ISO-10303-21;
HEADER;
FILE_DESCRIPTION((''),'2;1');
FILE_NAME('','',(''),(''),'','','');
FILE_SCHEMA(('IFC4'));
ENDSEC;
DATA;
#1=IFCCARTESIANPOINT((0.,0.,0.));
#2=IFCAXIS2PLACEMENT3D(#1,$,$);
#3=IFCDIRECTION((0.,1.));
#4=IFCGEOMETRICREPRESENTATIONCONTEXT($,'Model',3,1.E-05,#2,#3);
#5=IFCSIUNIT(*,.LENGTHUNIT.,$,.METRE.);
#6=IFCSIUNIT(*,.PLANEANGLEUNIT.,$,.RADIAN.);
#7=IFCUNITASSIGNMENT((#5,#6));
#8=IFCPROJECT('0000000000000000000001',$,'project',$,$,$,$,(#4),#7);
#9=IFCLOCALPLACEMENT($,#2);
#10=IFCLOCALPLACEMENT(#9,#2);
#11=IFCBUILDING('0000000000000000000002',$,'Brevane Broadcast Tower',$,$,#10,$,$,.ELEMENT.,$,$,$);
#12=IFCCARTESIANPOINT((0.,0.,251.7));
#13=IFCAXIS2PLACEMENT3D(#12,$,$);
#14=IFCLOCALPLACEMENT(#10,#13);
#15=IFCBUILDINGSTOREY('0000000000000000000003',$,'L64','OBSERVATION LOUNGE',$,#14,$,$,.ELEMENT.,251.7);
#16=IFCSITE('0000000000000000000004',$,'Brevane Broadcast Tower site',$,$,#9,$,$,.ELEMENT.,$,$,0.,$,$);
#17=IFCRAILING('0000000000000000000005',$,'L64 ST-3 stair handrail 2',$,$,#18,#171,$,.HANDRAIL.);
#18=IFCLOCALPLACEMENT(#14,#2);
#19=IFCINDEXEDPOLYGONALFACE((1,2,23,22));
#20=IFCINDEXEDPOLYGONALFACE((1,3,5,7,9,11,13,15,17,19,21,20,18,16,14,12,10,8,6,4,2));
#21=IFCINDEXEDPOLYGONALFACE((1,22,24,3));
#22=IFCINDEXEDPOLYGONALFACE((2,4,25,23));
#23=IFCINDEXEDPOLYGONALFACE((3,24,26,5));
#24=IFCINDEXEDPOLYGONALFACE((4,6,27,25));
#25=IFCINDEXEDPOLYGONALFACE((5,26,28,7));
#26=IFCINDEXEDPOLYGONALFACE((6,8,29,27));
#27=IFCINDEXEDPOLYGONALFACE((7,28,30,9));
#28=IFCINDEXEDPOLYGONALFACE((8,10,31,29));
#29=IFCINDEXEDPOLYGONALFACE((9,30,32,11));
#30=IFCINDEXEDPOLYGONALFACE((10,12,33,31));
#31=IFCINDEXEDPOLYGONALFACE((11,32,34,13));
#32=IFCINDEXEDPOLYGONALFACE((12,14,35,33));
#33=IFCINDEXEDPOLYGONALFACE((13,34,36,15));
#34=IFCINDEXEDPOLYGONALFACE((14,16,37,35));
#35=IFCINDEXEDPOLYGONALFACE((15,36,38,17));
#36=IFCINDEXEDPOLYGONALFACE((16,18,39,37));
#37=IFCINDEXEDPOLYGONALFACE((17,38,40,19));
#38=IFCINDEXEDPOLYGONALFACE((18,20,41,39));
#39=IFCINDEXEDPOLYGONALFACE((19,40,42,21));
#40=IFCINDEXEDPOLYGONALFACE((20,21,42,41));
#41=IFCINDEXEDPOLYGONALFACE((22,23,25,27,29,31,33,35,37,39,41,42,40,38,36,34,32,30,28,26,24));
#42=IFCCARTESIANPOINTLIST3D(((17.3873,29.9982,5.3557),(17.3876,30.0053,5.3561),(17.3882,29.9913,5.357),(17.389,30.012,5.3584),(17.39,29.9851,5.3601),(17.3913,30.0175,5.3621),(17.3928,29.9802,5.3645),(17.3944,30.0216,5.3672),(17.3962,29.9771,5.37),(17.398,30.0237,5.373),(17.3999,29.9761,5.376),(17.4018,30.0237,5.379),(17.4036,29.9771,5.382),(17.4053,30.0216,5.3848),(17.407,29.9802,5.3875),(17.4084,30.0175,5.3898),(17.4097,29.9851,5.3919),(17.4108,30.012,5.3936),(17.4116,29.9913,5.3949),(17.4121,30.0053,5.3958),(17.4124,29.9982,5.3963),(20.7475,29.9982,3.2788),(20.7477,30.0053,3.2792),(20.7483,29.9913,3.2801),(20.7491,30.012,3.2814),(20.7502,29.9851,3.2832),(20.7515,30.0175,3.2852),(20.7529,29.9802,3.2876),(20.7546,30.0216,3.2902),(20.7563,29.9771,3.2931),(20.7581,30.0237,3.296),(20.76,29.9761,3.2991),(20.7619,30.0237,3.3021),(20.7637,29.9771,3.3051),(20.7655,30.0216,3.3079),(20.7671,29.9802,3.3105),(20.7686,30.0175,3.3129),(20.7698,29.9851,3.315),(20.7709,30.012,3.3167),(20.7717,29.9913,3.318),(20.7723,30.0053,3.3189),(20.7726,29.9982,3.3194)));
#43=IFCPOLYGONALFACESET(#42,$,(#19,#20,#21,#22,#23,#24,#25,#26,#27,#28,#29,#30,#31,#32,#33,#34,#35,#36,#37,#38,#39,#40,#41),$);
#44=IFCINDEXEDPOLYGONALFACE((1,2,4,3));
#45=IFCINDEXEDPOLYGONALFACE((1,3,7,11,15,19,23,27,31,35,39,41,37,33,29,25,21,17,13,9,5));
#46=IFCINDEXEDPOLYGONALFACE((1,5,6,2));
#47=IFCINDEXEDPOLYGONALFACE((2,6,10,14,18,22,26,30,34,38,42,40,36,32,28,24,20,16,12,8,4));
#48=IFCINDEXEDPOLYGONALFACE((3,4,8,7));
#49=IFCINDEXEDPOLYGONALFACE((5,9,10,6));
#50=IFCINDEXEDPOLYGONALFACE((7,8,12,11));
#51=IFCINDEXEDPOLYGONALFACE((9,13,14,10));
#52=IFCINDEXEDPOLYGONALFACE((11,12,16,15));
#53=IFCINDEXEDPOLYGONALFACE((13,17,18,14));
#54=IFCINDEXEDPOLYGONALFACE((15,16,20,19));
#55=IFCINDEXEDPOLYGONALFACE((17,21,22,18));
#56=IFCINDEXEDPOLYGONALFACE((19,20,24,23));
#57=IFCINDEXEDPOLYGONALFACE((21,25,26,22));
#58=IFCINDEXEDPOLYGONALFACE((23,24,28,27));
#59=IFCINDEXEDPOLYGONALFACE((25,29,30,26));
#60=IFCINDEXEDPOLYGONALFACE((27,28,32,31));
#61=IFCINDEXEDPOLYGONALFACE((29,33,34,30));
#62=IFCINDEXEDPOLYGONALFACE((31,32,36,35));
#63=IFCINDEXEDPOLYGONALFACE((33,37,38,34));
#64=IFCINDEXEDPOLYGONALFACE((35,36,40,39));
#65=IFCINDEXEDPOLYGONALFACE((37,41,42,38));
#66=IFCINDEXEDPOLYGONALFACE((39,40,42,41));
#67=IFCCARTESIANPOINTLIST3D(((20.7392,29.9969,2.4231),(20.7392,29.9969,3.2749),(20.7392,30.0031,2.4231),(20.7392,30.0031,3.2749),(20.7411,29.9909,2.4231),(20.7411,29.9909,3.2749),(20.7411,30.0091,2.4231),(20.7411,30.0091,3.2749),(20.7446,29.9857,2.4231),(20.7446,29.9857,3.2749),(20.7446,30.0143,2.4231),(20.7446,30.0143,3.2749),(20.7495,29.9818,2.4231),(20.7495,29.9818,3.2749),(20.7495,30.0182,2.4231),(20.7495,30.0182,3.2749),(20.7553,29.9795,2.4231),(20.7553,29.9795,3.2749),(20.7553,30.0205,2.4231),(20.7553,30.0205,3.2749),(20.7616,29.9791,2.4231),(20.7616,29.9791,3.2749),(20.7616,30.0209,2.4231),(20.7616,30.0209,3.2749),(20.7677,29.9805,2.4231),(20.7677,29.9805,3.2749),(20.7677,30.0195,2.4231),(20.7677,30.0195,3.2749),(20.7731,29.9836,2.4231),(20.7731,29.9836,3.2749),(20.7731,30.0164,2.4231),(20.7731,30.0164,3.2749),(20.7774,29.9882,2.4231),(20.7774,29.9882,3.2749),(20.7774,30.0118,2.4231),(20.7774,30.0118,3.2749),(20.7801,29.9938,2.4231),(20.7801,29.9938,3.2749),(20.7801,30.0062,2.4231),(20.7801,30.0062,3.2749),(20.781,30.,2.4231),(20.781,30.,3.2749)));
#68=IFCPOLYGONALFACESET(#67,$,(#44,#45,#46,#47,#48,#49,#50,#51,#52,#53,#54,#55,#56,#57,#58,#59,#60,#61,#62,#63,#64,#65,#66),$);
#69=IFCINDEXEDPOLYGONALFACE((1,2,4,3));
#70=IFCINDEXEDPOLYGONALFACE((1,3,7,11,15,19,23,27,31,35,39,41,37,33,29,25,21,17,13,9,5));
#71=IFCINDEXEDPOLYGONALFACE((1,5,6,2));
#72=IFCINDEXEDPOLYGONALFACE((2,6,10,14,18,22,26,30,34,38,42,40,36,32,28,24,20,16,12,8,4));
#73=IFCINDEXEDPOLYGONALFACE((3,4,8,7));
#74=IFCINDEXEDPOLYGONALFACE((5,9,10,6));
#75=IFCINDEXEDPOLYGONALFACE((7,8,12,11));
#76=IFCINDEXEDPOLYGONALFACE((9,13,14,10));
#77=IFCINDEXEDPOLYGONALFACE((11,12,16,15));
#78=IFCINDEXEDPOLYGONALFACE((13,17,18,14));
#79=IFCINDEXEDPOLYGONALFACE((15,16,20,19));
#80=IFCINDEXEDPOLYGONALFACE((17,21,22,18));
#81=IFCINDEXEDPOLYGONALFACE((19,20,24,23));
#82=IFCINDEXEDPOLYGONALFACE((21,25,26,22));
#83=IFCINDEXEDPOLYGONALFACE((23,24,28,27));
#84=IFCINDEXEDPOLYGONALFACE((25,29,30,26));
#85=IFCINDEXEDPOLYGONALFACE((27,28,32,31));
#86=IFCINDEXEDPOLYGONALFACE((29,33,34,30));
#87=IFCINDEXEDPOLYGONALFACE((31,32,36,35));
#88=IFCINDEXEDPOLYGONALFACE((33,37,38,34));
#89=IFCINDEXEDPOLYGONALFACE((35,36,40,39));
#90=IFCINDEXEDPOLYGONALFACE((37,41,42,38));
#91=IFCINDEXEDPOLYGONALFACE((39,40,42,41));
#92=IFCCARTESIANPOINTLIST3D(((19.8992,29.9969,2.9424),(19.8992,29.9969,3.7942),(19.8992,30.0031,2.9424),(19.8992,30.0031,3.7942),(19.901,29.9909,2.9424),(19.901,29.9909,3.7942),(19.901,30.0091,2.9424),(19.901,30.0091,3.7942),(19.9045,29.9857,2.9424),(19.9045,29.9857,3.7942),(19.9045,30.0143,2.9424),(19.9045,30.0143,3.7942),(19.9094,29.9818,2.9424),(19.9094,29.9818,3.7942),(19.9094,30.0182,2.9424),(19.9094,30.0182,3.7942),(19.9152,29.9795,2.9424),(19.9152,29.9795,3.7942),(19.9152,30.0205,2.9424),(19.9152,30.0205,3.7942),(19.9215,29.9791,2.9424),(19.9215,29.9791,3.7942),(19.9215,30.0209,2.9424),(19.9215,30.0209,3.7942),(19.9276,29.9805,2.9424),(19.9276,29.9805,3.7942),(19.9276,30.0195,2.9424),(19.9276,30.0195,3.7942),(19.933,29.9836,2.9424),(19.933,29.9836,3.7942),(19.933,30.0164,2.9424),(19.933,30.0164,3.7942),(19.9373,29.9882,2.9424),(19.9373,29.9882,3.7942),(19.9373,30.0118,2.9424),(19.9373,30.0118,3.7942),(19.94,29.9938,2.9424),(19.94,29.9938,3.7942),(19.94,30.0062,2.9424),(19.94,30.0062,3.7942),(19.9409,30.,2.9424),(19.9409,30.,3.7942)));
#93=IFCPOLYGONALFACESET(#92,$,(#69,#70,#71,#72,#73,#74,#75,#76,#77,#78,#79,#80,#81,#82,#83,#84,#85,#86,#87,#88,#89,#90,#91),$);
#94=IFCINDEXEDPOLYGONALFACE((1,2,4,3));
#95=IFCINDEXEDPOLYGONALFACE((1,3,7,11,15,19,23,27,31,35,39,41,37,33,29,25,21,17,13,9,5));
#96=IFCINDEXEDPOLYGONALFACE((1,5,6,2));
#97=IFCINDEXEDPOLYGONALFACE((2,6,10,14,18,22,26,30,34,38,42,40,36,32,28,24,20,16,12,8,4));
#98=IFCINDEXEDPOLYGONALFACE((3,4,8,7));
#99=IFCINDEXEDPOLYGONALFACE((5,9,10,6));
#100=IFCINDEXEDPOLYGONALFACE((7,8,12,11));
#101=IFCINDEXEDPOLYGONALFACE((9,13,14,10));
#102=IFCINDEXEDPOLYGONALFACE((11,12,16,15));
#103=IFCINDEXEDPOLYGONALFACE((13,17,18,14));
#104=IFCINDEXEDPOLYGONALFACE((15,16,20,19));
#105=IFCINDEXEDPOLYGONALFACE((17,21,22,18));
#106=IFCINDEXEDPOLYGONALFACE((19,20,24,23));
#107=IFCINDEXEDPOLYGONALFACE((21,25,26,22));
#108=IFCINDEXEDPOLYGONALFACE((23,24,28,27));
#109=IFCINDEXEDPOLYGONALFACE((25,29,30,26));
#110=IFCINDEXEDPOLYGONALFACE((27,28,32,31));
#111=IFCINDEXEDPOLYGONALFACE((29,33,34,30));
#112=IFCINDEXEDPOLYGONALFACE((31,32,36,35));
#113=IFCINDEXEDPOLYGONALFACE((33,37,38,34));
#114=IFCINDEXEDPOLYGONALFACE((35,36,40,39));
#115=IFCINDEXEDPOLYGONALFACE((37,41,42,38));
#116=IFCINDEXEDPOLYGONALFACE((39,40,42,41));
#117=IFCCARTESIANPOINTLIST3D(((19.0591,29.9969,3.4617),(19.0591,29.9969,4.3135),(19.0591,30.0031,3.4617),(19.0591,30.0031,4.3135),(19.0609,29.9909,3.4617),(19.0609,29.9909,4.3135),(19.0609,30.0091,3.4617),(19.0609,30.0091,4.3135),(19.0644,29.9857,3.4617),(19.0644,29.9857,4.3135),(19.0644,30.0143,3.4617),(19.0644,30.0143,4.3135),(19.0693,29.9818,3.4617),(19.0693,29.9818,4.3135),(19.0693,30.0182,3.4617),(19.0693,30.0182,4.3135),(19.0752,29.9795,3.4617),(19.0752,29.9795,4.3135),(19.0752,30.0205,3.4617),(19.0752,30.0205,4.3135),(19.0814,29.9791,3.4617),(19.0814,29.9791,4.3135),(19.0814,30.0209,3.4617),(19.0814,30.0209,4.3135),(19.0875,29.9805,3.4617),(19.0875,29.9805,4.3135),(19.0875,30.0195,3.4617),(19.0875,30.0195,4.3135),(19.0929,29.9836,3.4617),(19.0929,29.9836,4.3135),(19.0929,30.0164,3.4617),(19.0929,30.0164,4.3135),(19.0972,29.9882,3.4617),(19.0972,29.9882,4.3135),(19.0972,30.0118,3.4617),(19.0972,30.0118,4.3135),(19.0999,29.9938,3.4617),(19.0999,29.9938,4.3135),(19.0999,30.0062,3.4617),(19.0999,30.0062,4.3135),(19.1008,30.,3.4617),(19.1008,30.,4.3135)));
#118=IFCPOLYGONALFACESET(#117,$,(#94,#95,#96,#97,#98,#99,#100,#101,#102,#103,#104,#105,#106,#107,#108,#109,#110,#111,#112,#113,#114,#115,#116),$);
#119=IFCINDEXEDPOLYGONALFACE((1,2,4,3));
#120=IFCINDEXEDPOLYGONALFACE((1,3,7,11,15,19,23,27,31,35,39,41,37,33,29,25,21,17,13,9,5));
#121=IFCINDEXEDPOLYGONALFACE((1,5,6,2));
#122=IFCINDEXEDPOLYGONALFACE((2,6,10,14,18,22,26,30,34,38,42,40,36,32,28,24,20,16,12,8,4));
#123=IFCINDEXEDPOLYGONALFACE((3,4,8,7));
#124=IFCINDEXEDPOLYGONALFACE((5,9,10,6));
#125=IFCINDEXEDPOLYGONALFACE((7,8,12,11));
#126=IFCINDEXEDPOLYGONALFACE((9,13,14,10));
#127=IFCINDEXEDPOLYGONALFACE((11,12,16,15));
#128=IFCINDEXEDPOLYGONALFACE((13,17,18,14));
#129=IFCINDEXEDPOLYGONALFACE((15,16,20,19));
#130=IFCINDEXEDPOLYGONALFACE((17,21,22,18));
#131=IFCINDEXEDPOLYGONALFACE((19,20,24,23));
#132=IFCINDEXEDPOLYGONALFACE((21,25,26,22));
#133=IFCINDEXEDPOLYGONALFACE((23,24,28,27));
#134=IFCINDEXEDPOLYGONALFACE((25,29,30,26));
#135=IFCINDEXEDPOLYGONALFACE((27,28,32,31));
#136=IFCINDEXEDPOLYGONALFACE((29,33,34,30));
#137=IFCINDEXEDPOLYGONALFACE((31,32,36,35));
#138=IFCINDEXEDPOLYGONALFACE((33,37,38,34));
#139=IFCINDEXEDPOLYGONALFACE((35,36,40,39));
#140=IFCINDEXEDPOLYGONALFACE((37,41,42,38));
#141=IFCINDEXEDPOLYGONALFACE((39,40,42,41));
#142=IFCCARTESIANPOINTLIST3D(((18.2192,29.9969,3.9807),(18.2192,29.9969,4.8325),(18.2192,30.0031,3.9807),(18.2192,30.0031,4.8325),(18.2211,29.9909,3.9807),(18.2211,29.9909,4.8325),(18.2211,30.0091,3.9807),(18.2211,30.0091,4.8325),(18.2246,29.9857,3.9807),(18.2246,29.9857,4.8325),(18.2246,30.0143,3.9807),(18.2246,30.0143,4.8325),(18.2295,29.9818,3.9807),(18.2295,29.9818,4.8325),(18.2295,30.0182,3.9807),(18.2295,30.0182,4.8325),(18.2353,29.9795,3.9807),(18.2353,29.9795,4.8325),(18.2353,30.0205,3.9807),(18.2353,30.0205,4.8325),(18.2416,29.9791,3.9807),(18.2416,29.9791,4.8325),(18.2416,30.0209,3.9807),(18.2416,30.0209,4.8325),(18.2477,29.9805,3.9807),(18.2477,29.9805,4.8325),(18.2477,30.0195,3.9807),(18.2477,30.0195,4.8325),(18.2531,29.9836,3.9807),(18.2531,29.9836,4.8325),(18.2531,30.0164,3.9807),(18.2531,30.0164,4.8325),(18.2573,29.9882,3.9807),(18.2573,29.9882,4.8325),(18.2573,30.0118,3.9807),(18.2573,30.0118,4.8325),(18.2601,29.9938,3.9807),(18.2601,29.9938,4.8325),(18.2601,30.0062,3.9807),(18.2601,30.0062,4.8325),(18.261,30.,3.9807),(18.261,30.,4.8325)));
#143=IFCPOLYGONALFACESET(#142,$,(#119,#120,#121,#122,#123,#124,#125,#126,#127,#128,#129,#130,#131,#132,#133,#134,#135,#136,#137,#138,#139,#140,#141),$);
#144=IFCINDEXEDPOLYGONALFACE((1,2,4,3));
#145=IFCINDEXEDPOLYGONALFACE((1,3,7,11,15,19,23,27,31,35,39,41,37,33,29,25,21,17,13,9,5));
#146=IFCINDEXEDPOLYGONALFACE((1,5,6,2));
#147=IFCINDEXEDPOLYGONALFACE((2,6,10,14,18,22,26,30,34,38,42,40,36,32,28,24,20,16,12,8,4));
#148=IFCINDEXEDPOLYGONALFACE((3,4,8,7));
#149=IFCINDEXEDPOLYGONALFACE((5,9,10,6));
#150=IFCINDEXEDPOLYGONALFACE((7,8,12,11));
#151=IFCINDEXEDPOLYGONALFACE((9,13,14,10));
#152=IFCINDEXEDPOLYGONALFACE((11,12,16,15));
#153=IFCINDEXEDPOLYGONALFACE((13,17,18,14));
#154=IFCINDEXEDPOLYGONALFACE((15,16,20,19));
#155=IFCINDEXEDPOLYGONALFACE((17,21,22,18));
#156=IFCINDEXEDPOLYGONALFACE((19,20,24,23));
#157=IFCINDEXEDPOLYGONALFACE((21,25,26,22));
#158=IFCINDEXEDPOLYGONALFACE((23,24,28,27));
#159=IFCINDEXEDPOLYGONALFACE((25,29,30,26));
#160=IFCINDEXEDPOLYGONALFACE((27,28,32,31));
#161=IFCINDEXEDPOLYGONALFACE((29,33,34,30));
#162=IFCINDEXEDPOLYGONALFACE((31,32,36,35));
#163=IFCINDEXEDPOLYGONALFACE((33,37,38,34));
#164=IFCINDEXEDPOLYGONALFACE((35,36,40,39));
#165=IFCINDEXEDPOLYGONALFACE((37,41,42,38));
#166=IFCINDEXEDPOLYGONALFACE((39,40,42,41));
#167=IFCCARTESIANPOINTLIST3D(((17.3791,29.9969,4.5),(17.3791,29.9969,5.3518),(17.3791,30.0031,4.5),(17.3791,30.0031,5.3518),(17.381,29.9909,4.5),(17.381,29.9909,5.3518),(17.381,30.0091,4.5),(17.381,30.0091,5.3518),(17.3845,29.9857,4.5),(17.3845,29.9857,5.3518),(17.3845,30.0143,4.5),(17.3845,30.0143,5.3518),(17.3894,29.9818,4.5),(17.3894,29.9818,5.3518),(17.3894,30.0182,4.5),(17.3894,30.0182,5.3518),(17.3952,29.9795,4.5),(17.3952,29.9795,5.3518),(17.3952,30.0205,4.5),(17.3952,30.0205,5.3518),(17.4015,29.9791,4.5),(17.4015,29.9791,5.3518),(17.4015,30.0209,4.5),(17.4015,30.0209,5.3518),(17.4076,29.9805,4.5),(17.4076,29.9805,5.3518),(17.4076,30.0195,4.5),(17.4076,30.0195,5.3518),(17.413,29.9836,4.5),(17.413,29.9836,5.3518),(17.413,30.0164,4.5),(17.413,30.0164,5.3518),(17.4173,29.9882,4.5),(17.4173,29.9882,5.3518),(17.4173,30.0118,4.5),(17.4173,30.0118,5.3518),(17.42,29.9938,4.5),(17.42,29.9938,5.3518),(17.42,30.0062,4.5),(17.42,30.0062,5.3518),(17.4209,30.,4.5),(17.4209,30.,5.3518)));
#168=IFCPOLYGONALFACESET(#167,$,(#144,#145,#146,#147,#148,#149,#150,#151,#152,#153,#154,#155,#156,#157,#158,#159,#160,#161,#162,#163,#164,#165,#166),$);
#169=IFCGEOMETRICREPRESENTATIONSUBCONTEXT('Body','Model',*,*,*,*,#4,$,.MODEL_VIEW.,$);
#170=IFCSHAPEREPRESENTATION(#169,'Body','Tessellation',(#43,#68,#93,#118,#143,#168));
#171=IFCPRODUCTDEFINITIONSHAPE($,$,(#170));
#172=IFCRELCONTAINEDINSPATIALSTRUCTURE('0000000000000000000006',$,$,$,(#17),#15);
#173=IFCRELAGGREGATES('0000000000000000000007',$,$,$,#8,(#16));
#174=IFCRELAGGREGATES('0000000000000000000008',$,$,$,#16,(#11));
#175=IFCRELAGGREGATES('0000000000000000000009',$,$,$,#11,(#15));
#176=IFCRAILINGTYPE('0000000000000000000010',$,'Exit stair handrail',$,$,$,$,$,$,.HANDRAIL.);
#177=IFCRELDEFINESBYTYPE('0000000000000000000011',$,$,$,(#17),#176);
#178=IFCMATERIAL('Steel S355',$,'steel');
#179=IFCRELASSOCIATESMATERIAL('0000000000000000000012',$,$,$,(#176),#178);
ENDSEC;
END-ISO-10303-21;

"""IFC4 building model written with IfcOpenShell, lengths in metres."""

from ifc_helpers import new_model, si_unit, direction, frame, origin, origin_2d, place, context, subcontext, project, spatial, circle, extrude, material, type_object, element, save


model = new_model("IFC4")

# Units and contexts
model_context = context("Model", 3, precision=1e-05, world=origin(), true_north=direction((0.0, 1.0)))
body_context = subcontext(model_context, "Body", "Model", "MODEL_VIEW")
ifc_project = project(units=[si_unit("LENGTHUNIT", "METRE"), si_unit("PLANEANGLEUNIT", "RADIAN")], contexts=[model_context])

# Site, building, storey
site_placement = place(None, origin())
site = spatial("IfcSite", under=ifc_project, at=site_placement, Name="Brevane Broadcast Tower site", CompositionType="ELEMENT", RefElevation=0.0)
building_placement = place(site_placement, origin())
building = spatial("IfcBuilding", under=site, at=building_placement, Name="Brevane Broadcast Tower", CompositionType="ELEMENT")
storey_placement = place(building_placement, frame((0.0, 0.0, 251.7)))
storey = spatial("IfcBuildingStorey", under=building, at=storey_placement, Name="L64", Description="OBSERVATION LOUNGE", CompositionType="ELEMENT", Elevation=251.7)

# Railing
ifc_material_1 = material(Name="Steel S355", Category="steel")
railing_type_1 = type_object("IfcRailingType", Name="Exit stair handrail", PredefinedType="HANDRAIL", material=ifc_material_1)
railing_1_placement = place(storey_placement, frame((20.76, 30.0, 2.4231)))
element("IfcRailing", 1, at=railing_1_placement, inside=storey, type_object=railing_type_1, Name="L64 ST-3 stair handrail 2", PredefinedType="HANDRAIL", context=body_context, shape_type="SweptSolid", body=[
    extrude(circle(Radius=0.0239, at=origin_2d()), frame((0.0, 0.0, 0.876), z_axis=(-0.850623, 0.0, 0.525776), x_axis=(0.0, -1.0, 0.0)), (0.0, 0.0, 1.0), 3.9502),
    extrude(circle(Radius=0.021, at=origin_2d()), origin(), (0.0, 0.0, 1.0), 0.8518),
    extrude(circle(Radius=0.021, at=origin_2d()), frame((-0.8401, 0.0, 0.5193)), (0.0, 0.0, 1.0), 0.8518),
    extrude(circle(Radius=0.021, at=origin_2d()), frame((-1.6802, 0.0, 1.0386)), (0.0, 0.0, 1.0), 0.8518),
    extrude(circle(Radius=0.021, at=origin_2d()), frame((-2.52, 0.0, 1.5576)), (0.0, 0.0, 1.0), 0.8518),
    extrude(circle(Radius=0.021, at=origin_2d()), frame((-3.3601, 0.0, 2.0769)), (0.0, 0.0, 1.0), 0.8518),
])

save(model, "model.ifc")
